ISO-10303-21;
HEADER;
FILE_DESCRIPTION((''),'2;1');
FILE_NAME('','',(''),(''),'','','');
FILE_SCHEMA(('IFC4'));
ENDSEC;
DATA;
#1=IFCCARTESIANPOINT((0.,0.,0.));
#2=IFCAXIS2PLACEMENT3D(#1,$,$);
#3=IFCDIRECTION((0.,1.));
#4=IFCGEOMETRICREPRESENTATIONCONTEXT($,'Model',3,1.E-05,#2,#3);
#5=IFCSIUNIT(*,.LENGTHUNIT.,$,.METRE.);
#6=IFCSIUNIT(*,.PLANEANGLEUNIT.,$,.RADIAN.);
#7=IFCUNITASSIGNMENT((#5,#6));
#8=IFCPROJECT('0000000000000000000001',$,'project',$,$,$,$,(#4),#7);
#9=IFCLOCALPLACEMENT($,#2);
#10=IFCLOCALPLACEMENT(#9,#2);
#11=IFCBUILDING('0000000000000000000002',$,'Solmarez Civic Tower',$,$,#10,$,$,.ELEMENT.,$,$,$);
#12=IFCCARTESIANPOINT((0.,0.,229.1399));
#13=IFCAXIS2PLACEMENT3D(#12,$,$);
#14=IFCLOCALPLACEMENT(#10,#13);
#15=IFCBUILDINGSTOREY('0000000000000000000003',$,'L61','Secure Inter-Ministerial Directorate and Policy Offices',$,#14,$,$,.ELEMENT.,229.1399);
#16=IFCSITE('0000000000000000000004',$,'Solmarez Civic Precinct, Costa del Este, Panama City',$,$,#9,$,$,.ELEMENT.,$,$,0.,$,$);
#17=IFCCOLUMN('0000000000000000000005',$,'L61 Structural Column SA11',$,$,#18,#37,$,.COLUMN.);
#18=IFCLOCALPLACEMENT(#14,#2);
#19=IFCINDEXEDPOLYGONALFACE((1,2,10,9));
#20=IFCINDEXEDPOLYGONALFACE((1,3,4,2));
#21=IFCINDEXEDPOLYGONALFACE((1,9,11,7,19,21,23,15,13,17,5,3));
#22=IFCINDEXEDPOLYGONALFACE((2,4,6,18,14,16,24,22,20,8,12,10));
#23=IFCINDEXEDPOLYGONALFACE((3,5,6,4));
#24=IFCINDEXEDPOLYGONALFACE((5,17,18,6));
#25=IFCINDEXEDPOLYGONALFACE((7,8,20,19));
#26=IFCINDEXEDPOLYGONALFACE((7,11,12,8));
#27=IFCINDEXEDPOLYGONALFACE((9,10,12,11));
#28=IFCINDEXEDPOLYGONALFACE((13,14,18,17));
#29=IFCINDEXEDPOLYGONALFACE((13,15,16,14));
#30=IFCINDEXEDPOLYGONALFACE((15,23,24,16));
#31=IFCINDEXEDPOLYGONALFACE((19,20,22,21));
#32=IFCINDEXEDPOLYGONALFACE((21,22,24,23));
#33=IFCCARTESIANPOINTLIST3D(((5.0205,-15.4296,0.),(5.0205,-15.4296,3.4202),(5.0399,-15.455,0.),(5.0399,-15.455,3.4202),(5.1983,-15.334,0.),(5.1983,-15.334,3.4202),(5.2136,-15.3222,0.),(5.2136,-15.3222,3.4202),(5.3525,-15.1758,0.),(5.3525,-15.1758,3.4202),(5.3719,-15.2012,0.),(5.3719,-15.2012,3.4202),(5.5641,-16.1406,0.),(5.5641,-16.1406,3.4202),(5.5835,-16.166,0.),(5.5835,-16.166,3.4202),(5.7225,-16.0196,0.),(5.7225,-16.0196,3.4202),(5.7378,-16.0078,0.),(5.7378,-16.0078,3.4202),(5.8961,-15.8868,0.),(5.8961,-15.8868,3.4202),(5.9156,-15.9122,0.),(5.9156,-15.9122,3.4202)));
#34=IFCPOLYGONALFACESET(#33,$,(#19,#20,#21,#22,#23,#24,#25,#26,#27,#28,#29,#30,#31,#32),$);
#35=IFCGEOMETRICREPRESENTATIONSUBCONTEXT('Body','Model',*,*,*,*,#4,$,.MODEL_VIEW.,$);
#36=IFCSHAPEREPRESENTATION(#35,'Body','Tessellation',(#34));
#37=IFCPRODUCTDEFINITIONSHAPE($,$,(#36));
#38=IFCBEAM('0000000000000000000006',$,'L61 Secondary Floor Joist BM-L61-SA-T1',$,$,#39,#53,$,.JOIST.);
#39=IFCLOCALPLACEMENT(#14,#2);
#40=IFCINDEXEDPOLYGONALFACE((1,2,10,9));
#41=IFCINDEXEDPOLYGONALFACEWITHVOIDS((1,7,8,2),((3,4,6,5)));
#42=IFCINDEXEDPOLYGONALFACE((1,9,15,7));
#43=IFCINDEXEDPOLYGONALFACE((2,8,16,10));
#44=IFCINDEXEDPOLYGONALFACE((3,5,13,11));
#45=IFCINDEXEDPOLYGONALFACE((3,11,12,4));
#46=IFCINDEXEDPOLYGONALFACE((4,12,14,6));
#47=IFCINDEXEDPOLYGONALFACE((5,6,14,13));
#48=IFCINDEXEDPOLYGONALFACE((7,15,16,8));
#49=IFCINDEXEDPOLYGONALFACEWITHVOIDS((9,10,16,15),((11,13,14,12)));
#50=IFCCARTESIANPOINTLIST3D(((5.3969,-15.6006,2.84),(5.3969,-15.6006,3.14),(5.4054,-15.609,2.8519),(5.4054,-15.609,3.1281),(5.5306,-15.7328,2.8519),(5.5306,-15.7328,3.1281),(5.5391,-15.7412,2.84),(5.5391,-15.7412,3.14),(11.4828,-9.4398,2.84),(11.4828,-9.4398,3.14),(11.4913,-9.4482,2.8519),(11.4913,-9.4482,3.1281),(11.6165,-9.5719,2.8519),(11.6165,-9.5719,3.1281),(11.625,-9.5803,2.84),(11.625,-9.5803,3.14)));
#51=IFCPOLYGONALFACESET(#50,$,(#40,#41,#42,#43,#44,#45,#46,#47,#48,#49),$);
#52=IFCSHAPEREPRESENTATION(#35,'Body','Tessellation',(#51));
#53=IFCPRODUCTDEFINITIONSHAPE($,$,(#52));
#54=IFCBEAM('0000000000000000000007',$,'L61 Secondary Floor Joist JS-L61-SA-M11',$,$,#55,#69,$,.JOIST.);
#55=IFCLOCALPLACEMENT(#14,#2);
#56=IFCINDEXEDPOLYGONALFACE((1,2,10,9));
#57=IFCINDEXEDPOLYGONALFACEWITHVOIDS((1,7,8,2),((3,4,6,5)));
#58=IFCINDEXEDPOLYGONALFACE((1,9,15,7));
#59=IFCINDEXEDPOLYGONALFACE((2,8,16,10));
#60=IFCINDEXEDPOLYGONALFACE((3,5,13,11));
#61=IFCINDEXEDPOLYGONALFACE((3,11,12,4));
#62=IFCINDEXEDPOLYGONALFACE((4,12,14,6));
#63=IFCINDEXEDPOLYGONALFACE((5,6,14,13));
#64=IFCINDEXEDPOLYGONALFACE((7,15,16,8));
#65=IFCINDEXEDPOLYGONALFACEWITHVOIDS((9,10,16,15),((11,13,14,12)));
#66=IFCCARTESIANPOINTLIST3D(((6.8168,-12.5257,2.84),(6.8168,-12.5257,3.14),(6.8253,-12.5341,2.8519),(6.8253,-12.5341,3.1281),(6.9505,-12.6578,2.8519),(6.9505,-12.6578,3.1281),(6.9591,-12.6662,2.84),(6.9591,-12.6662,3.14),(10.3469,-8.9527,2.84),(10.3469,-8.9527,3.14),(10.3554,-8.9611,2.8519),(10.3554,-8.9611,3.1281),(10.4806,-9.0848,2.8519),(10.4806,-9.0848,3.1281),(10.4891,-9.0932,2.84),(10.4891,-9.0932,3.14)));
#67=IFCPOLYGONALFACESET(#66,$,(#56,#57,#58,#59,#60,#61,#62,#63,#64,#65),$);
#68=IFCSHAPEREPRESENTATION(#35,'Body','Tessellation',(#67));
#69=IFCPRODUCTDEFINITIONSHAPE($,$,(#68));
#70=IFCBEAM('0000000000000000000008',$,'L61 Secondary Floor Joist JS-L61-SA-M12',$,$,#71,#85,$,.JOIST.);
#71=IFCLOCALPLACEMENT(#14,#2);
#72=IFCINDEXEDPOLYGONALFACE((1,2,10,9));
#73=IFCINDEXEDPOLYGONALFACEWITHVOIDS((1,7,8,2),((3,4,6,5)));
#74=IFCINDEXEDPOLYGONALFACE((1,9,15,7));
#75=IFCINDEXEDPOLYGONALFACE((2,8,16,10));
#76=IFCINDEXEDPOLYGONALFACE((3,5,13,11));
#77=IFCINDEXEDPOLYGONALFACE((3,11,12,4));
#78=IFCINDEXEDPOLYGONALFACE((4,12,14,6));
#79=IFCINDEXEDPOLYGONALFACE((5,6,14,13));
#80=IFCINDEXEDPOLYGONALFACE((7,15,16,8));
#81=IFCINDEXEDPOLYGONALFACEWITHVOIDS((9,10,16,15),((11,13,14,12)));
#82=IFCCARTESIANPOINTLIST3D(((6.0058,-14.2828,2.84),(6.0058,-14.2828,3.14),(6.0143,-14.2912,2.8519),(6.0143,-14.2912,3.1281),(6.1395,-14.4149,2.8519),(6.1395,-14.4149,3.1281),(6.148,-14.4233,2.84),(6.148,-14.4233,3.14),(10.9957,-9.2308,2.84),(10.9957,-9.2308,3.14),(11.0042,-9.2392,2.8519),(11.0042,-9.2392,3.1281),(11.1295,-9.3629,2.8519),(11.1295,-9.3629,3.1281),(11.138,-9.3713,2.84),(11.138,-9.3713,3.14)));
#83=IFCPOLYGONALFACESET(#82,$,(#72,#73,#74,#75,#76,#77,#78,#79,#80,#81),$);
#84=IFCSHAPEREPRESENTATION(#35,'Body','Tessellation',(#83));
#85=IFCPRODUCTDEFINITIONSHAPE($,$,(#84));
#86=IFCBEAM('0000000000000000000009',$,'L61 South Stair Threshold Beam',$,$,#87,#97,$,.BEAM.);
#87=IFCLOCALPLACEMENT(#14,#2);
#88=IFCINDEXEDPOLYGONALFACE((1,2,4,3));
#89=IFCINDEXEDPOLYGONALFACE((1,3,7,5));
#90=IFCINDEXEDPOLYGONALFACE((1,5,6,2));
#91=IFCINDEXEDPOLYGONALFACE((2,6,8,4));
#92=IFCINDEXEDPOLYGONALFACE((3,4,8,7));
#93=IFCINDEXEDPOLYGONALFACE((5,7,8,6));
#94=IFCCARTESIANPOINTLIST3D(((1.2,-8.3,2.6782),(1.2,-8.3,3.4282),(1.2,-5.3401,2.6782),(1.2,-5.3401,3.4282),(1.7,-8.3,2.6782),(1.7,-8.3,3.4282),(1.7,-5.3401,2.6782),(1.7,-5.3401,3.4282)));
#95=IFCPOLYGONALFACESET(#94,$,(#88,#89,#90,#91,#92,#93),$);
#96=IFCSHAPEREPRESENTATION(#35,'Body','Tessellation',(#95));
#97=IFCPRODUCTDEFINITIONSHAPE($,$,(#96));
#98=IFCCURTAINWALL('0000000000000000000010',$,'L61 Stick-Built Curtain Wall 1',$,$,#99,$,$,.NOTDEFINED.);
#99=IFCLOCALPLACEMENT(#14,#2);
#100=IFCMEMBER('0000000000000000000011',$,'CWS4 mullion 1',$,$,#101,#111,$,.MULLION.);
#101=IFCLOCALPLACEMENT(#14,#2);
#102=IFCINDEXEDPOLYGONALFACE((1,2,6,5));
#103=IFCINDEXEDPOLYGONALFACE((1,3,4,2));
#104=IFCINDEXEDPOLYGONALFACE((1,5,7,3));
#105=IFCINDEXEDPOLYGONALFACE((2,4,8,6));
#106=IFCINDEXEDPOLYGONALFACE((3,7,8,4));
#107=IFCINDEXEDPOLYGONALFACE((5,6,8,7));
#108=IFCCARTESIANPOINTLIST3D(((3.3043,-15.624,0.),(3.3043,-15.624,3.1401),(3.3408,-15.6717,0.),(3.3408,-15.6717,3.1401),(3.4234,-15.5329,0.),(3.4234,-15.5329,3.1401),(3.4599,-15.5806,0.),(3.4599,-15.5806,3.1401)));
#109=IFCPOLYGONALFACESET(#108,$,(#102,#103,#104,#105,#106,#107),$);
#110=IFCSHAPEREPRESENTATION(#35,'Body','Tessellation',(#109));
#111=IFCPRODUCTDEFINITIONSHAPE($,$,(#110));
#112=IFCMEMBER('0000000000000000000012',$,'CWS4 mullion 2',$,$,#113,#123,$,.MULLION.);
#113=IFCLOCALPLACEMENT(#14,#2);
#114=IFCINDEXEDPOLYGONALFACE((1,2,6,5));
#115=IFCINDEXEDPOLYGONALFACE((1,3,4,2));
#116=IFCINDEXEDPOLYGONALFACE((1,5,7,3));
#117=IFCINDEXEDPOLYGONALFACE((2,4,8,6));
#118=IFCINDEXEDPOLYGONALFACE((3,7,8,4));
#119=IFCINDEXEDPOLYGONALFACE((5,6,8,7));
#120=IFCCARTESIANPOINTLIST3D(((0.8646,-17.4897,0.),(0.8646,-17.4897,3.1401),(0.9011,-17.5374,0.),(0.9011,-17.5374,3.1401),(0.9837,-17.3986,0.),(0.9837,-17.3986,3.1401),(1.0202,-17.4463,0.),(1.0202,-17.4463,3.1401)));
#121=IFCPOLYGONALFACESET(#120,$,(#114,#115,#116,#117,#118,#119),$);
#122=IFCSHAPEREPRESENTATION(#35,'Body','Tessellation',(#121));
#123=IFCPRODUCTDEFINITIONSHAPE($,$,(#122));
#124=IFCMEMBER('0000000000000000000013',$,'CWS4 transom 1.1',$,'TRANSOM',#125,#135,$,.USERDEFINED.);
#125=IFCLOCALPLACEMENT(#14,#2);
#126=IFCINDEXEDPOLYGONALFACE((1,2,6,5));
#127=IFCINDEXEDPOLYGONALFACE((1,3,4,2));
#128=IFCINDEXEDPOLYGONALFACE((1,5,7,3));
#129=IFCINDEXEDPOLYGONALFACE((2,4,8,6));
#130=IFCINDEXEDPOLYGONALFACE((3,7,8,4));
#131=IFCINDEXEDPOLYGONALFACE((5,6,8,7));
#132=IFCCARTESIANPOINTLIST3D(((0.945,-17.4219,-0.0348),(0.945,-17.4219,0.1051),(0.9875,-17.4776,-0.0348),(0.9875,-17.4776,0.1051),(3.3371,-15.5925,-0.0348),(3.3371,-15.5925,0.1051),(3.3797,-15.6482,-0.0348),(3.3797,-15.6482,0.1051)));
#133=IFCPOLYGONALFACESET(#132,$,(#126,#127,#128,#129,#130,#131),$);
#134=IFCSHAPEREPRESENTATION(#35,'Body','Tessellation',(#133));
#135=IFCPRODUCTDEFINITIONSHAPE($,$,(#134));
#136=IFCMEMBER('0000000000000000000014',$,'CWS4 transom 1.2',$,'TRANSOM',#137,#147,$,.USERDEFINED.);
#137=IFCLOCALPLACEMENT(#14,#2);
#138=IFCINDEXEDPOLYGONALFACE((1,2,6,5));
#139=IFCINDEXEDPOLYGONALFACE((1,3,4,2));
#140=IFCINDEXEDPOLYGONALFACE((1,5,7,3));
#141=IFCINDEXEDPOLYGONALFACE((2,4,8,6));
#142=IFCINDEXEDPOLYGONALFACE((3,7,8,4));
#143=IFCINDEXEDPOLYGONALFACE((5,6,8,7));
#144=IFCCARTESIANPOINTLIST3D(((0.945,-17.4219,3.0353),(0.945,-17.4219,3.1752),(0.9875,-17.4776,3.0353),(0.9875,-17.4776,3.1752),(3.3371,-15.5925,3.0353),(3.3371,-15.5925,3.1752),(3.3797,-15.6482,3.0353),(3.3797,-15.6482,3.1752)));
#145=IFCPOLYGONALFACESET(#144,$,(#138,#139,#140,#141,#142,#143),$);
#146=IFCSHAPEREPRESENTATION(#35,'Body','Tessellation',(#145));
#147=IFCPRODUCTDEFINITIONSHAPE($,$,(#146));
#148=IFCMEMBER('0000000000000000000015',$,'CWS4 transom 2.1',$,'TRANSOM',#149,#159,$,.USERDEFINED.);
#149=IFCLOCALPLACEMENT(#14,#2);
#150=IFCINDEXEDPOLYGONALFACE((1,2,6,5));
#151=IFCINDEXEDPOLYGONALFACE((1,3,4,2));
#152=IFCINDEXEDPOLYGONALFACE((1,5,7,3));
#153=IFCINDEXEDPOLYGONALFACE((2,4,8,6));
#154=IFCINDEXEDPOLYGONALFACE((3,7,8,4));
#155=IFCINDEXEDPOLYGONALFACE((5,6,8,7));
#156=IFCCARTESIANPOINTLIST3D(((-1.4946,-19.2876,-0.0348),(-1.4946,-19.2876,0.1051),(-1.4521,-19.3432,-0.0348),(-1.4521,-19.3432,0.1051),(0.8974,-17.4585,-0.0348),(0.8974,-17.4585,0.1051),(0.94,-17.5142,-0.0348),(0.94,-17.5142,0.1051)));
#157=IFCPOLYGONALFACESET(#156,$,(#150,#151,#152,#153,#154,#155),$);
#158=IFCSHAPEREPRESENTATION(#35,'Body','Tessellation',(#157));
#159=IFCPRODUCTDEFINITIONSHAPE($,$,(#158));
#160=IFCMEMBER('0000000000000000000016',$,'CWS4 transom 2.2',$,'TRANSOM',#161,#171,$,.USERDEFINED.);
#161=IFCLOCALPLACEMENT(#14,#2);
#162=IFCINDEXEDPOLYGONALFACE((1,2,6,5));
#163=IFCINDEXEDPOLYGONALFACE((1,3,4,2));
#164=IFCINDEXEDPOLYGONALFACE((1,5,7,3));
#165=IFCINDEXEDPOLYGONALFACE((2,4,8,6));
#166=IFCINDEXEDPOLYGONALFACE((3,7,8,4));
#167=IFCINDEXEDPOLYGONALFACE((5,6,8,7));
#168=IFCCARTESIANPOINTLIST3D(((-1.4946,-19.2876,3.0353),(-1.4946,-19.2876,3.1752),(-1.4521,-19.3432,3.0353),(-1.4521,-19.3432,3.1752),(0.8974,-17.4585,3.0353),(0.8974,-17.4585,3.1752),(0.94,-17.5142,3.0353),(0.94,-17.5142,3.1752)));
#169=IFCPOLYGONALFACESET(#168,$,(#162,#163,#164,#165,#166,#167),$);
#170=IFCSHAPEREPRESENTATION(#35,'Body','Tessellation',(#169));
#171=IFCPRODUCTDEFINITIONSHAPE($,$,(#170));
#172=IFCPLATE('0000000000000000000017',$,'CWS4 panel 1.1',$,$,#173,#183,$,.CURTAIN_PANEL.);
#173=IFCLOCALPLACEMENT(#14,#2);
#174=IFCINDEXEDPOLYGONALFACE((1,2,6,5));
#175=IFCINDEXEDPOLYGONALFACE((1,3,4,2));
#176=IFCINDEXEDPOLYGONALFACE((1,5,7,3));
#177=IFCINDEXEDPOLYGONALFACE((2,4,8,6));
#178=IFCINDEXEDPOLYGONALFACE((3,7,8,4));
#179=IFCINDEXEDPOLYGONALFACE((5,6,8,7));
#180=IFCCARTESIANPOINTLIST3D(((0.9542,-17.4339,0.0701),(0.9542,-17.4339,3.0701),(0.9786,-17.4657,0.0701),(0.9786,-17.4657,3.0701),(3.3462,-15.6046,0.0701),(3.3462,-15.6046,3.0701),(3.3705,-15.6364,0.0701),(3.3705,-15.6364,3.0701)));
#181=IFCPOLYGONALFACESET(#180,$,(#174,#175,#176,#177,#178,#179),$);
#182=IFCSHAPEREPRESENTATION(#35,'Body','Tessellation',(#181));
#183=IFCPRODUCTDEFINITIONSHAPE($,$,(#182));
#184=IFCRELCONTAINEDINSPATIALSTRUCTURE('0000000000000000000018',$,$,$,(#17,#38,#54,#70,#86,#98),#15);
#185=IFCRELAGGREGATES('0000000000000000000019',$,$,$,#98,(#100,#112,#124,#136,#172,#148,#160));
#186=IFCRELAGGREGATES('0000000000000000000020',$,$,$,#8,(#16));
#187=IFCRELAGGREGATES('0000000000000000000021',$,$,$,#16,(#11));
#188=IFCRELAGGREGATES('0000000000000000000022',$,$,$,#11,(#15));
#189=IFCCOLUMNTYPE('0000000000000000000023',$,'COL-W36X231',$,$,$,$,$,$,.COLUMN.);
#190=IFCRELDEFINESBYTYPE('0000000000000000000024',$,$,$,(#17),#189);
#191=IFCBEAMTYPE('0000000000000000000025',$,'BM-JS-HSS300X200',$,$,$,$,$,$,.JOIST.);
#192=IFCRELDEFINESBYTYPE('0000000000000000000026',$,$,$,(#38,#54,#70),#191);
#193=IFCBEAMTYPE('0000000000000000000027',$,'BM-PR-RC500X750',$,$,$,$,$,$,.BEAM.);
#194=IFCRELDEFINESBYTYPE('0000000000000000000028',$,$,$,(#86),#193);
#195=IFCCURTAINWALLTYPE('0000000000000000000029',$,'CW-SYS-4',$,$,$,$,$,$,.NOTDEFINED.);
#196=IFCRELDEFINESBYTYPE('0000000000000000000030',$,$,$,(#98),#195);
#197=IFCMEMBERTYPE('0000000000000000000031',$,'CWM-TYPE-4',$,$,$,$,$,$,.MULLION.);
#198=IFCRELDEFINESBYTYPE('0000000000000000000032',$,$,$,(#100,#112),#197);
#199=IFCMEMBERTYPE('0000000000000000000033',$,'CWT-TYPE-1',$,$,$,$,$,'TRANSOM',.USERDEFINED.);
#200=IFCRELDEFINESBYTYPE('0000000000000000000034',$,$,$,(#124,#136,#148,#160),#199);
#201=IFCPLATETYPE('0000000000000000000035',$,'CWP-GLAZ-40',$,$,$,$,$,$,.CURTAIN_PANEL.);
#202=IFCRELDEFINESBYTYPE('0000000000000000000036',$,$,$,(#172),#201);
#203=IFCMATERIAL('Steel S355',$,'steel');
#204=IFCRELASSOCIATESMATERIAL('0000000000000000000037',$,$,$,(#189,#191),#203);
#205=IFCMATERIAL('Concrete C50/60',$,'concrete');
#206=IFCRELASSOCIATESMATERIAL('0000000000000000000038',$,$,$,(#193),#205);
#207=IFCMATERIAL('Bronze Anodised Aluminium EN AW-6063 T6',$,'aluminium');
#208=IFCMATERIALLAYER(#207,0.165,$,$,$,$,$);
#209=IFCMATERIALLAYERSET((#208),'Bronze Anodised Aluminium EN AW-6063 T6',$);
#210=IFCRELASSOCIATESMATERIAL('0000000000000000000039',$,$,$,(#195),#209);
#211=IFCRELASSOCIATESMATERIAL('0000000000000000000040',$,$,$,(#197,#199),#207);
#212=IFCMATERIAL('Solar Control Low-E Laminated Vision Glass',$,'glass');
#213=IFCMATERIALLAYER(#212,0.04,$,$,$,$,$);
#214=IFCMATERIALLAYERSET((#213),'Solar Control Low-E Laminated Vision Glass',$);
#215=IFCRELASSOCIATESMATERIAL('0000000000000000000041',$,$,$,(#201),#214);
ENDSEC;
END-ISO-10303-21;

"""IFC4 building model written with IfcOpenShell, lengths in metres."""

from ifc_helpers import new_model, si_unit, direction, frame, origin, origin_2d, place, context, subcontext, project, spatial, rectangle, hollow_rectangle, i_section, extrude, material, layer, layer_set, material_profile, profile_set, type_object, element, aggregate, save


model = new_model("IFC4")

# Units and contexts
model_context = context("Model", 3, precision=1e-05, world=origin(), true_north=direction((0.0, 1.0)))
body_context = subcontext(model_context, "Body", "Model", "MODEL_VIEW")
ifc_project = project(units=[si_unit("LENGTHUNIT", "METRE"), si_unit("PLANEANGLEUNIT", "RADIAN")], contexts=[model_context])

# Site, building, storey
site_placement = place(None, origin())
site = spatial("IfcSite", under=ifc_project, at=site_placement, Name="Solmarez Civic Precinct, Costa del Este, Panama City", CompositionType="ELEMENT", RefElevation=0.0)
building_placement = place(site_placement, origin())
building = spatial("IfcBuilding", under=site, at=building_placement, Name="Solmarez Civic Tower", CompositionType="ELEMENT")
storey_placement = place(building_placement, frame((0.0, 0.0, 229.1399)))
storey = spatial("IfcBuildingStorey", under=building, at=storey_placement, Name="L61", Description="Secure Inter-Ministerial Directorate and Policy Offices", CompositionType="ELEMENT", Elevation=229.1399)

# Column
ifc_material_1 = material(Name="Steel S355", Category="steel")
ifc_material_profile_1 = material_profile(ifc_material_1, i_section(OverallWidth=0.418, OverallDepth=0.927, WebThickness=0.0193, FlangeThickness=0.032, at=origin_2d()), Name="W36X231")
ifc_profile_set_1 = profile_set([ifc_material_profile_1], Name="Steel S355")
column_type = type_object("IfcColumnType", Name="COL-W36X231", PredefinedType="COLUMN", material=ifc_profile_set_1)
column_placement = place(storey_placement, frame((5.468, -15.6709, 0.0), z_axis=(0.0, 0.0, 1.0), x_axis=(0.794415, 0.607376, 0.0)))
element("IfcColumn", 1, at=column_placement, inside=storey, type_object=column_type, Name="L61 Structural Column SA11", PredefinedType="COLUMN", context=body_context, shape_type="SweptSolid", body=[
    extrude(i_section(OverallWidth=0.418, OverallDepth=0.927, WebThickness=0.0193, FlangeThickness=0.032, at=origin_2d()), origin(), (0.0, 0.0, 1.0), 3.4202),
])

# Beams
ifc_material_profile_2 = material_profile(ifc_material_1, hollow_rectangle(XDim=0.2, YDim=0.3, WallThickness=0.012, at=origin_2d()), Name="HSS300X200X12")
ifc_profile_set_2 = profile_set([ifc_material_profile_2], Name="Steel S355")
beam_type_1 = type_object("IfcBeamType", Name="BM-JS-HSS300X200", PredefinedType="JOIST", material=ifc_profile_set_2)
beam_1_placement = place(storey_placement, frame((5.468, -15.6709, 2.99), z_axis=(0.702766, 0.711421, 0.0), x_axis=(-0.711421, 0.702766, 0.0)))
element("IfcBeam", 2, at=beam_1_placement, inside=storey, type_object=beam_type_1, Name="L61 Secondary Floor Joist BM-L61-SA-T1", PredefinedType="JOIST", context=body_context, shape_type="SweptSolid", body=[
    extrude(hollow_rectangle(XDim=0.2, YDim=0.3, WallThickness=0.012, at=origin_2d()), origin(), (0.0, 0.0, 1.0), 8.6599),
])
beam_2_placement = place(storey_placement, frame((6.8879, -12.5959, 2.99), z_axis=(0.702816, 0.711371, 0.0), x_axis=(-0.711371, 0.702816, 0.0)))
element("IfcBeam", 3, at=beam_2_placement, inside=storey, type_object=beam_type_1, Name="L61 Secondary Floor Joist JS-L61-SA-M11", PredefinedType="JOIST", context=body_context, shape_type="SweptSolid", body=[
    extrude(hollow_rectangle(XDim=0.2, YDim=0.3, WallThickness=0.012, at=origin_2d()), origin(), (0.0, 0.0, 1.0), 5.0227),
])
beam_3_placement = place(storey_placement, frame((6.0769, -14.353, 2.99), z_axis=(0.702727, 0.71146, 0.0), x_axis=(-0.71146, 0.702727, 0.0)))
element("IfcBeam", 4, at=beam_3_placement, inside=storey, type_object=beam_type_1, Name="L61 Secondary Floor Joist JS-L61-SA-M12", PredefinedType="JOIST", context=body_context, shape_type="SweptSolid", body=[
    extrude(hollow_rectangle(XDim=0.2, YDim=0.3, WallThickness=0.012, at=origin_2d()), origin(), (0.0, 0.0, 1.0), 7.1008),
])
ifc_material_2 = material(Name="Concrete C50/60", Category="concrete")
ifc_material_profile_3 = material_profile(ifc_material_2, rectangle(XDim=0.5, YDim=0.75, at=origin_2d()), Name="RC500X750")
ifc_profile_set_3 = profile_set([ifc_material_profile_3], Name="Concrete C50/60")
beam_type_2 = type_object("IfcBeamType", Name="BM-PR-RC500X750", PredefinedType="BEAM", material=ifc_profile_set_3)
beam_4_placement = place(storey_placement, frame((1.45, -8.3, 3.0532), z_axis=(0.0, 1.0, 0.0), x_axis=(-1.0, 0.0, 0.0)))
element("IfcBeam", 5, at=beam_4_placement, inside=storey, type_object=beam_type_2, Name="L61 South Stair Threshold Beam", PredefinedType="BEAM", context=body_context, shape_type="SweptSolid", body=[
    extrude(rectangle(XDim=0.5, YDim=0.75, at=origin_2d()), origin(), (0.0, 0.0, 1.0), 2.96),
])

# Curtain wall, members, plate
ifc_material_3 = material(Name="Bronze Anodised Aluminium EN AW-6063 T6", Category="aluminium")
ifc_layer_1 = layer(ifc_material_3, 0.165)
ifc_layer_set_1 = layer_set([ifc_layer_1], Name="Bronze Anodised Aluminium EN AW-6063 T6")
curtain_wall_type = type_object("IfcCurtainWallType", Name="CW-SYS-4", PredefinedType="NOTDEFINED", material=ifc_layer_set_1)
curtain_wall_placement = place(storey_placement, origin())
curtain_wall = element("IfcCurtainWall", 6, at=curtain_wall_placement, inside=storey, type_object=curtain_wall_type, Name="L61 Stick-Built Curtain Wall 1", PredefinedType="NOTDEFINED")
ifc_material_profile_4 = material_profile(ifc_material_3, rectangle(XDim=0.0601, YDim=0.1499, at=origin_2d()), Name="CWM-60X150")
ifc_profile_set_4 = profile_set([ifc_material_profile_4], Name="Bronze Anodised Aluminium EN AW-6063 T6")
member_type_1 = type_object("IfcMemberType", Name="CWM-TYPE-4", PredefinedType="MULLION", material=ifc_profile_set_4)
member_1_placement = place(storey_placement, frame((3.3821, -15.6023, 0.0), z_axis=(0.0, 0.0, 1.0), x_axis=(0.60748, -0.794335, 0.0)))
member_1 = element("IfcMember", 7, at=member_1_placement, type_object=member_type_1, Name="CWS4 mullion 1", PredefinedType="MULLION", context=body_context, shape_type="SweptSolid", body=[
    extrude(rectangle(XDim=0.0601, YDim=0.1499, at=origin_2d()), origin(), (0.0, 0.0, 1.0), 3.1401),
])
member_2_placement = place(storey_placement, frame((0.9424, -17.468, 0.0), z_axis=(0.0, 0.0, 1.0), x_axis=(0.60748, -0.794335, 0.0)))
member_2 = element("IfcMember", 8, at=member_2_placement, type_object=member_type_1, Name="CWS4 mullion 2", PredefinedType="MULLION", context=body_context, shape_type="SweptSolid", body=[
    extrude(rectangle(XDim=0.0601, YDim=0.1499, at=origin_2d()), origin(), (0.0, 0.0, 1.0), 3.1401),
])
ifc_material_profile_5 = material_profile(ifc_material_3, rectangle(XDim=0.0701, YDim=0.1399, at=origin_2d()), Name="CWT-70X140")
ifc_profile_set_5 = profile_set([ifc_material_profile_5], Name="Bronze Anodised Aluminium EN AW-6063 T6")
member_type_2 = type_object("IfcMemberType", Name="CWT-TYPE-1", ElementType="TRANSOM", PredefinedType="USERDEFINED", material=ifc_profile_set_5)
member_3_placement = place(storey_placement, frame((3.3584, -15.6204, 0.0352), z_axis=(-0.794342, -0.607471, 0.0), x_axis=(0.607471, -0.794342, 0.0)))
member_3 = element("IfcMember", 9, at=member_3_placement, type_object=member_type_2, Name="CWS4 transom 1.1", ObjectType="TRANSOM", PredefinedType="USERDEFINED", context=body_context, shape_type="SweptSolid", body=[
    extrude(rectangle(XDim=0.0701, YDim=0.1399, at=origin_2d()), origin(), (0.0, 0.0, 1.0), 3.0115),
])
member_4_placement = place(storey_placement, frame((3.3584, -15.6204, 3.1052), z_axis=(-0.794342, -0.607471, 0.0), x_axis=(0.607471, -0.794342, 0.0)))
member_4 = element("IfcMember", 10, at=member_4_placement, type_object=member_type_2, Name="CWS4 transom 1.2", ObjectType="TRANSOM", PredefinedType="USERDEFINED", context=body_context, shape_type="SweptSolid", body=[
    extrude(rectangle(XDim=0.0701, YDim=0.1399, at=origin_2d()), origin(), (0.0, 0.0, 1.0), 3.0115),
])
member_5_placement = place(storey_placement, frame((0.9187, -17.4863, 0.0352), z_axis=(-0.794381, -0.60742, 0.0), x_axis=(0.60742, -0.794381, 0.0)))
member_5 = element("IfcMember", 11, at=member_5_placement, type_object=member_type_2, Name="CWS4 transom 2.1", ObjectType="TRANSOM", PredefinedType="USERDEFINED", context=body_context, shape_type="SweptSolid", body=[
    extrude(rectangle(XDim=0.0701, YDim=0.1399, at=origin_2d()), origin(), (0.0, 0.0, 1.0), 3.0112),
])
member_6_placement = place(storey_placement, frame((0.9187, -17.4863, 3.1052), z_axis=(-0.794381, -0.60742, 0.0), x_axis=(0.60742, -0.794381, 0.0)))
member_6 = element("IfcMember", 12, at=member_6_placement, type_object=member_type_2, Name="CWS4 transom 2.2", ObjectType="TRANSOM", PredefinedType="USERDEFINED", context=body_context, shape_type="SweptSolid", body=[
    extrude(rectangle(XDim=0.0701, YDim=0.1399, at=origin_2d()), origin(), (0.0, 0.0, 1.0), 3.0112),
])
ifc_material_4 = material(Name="Solar Control Low-E Laminated Vision Glass", Category="glass")
ifc_layer_2 = layer(ifc_material_4, 0.04)
ifc_layer_set_2 = layer_set([ifc_layer_2], Name="Solar Control Low-E Laminated Vision Glass")
plate_type_1 = type_object("IfcPlateType", Name="CWP-GLAZ-40", PredefinedType="CURTAIN_PANEL", material=ifc_layer_set_2)
plate_1_placement = place(storey_placement, frame((2.1624, -16.5352, 0.0701), z_axis=(0.0, 0.0, 1.0), x_axis=(-0.794335, -0.60748, 0.0)))
plate_1 = element("IfcPlate", 13, at=plate_1_placement, type_object=plate_type_1, Name="CWS4 panel 1.1", PredefinedType="CURTAIN_PANEL", context=body_context, shape_type="SweptSolid", body=[
    extrude(rectangle(XDim=3.0112, YDim=0.04, at=origin_2d()), origin(), (0.0, 0.0, 1.0), 3.0),
])
aggregate(curtain_wall, [member_1, member_2, member_3, member_4, plate_1, member_5, member_6])

save(model, "model.ifc")
